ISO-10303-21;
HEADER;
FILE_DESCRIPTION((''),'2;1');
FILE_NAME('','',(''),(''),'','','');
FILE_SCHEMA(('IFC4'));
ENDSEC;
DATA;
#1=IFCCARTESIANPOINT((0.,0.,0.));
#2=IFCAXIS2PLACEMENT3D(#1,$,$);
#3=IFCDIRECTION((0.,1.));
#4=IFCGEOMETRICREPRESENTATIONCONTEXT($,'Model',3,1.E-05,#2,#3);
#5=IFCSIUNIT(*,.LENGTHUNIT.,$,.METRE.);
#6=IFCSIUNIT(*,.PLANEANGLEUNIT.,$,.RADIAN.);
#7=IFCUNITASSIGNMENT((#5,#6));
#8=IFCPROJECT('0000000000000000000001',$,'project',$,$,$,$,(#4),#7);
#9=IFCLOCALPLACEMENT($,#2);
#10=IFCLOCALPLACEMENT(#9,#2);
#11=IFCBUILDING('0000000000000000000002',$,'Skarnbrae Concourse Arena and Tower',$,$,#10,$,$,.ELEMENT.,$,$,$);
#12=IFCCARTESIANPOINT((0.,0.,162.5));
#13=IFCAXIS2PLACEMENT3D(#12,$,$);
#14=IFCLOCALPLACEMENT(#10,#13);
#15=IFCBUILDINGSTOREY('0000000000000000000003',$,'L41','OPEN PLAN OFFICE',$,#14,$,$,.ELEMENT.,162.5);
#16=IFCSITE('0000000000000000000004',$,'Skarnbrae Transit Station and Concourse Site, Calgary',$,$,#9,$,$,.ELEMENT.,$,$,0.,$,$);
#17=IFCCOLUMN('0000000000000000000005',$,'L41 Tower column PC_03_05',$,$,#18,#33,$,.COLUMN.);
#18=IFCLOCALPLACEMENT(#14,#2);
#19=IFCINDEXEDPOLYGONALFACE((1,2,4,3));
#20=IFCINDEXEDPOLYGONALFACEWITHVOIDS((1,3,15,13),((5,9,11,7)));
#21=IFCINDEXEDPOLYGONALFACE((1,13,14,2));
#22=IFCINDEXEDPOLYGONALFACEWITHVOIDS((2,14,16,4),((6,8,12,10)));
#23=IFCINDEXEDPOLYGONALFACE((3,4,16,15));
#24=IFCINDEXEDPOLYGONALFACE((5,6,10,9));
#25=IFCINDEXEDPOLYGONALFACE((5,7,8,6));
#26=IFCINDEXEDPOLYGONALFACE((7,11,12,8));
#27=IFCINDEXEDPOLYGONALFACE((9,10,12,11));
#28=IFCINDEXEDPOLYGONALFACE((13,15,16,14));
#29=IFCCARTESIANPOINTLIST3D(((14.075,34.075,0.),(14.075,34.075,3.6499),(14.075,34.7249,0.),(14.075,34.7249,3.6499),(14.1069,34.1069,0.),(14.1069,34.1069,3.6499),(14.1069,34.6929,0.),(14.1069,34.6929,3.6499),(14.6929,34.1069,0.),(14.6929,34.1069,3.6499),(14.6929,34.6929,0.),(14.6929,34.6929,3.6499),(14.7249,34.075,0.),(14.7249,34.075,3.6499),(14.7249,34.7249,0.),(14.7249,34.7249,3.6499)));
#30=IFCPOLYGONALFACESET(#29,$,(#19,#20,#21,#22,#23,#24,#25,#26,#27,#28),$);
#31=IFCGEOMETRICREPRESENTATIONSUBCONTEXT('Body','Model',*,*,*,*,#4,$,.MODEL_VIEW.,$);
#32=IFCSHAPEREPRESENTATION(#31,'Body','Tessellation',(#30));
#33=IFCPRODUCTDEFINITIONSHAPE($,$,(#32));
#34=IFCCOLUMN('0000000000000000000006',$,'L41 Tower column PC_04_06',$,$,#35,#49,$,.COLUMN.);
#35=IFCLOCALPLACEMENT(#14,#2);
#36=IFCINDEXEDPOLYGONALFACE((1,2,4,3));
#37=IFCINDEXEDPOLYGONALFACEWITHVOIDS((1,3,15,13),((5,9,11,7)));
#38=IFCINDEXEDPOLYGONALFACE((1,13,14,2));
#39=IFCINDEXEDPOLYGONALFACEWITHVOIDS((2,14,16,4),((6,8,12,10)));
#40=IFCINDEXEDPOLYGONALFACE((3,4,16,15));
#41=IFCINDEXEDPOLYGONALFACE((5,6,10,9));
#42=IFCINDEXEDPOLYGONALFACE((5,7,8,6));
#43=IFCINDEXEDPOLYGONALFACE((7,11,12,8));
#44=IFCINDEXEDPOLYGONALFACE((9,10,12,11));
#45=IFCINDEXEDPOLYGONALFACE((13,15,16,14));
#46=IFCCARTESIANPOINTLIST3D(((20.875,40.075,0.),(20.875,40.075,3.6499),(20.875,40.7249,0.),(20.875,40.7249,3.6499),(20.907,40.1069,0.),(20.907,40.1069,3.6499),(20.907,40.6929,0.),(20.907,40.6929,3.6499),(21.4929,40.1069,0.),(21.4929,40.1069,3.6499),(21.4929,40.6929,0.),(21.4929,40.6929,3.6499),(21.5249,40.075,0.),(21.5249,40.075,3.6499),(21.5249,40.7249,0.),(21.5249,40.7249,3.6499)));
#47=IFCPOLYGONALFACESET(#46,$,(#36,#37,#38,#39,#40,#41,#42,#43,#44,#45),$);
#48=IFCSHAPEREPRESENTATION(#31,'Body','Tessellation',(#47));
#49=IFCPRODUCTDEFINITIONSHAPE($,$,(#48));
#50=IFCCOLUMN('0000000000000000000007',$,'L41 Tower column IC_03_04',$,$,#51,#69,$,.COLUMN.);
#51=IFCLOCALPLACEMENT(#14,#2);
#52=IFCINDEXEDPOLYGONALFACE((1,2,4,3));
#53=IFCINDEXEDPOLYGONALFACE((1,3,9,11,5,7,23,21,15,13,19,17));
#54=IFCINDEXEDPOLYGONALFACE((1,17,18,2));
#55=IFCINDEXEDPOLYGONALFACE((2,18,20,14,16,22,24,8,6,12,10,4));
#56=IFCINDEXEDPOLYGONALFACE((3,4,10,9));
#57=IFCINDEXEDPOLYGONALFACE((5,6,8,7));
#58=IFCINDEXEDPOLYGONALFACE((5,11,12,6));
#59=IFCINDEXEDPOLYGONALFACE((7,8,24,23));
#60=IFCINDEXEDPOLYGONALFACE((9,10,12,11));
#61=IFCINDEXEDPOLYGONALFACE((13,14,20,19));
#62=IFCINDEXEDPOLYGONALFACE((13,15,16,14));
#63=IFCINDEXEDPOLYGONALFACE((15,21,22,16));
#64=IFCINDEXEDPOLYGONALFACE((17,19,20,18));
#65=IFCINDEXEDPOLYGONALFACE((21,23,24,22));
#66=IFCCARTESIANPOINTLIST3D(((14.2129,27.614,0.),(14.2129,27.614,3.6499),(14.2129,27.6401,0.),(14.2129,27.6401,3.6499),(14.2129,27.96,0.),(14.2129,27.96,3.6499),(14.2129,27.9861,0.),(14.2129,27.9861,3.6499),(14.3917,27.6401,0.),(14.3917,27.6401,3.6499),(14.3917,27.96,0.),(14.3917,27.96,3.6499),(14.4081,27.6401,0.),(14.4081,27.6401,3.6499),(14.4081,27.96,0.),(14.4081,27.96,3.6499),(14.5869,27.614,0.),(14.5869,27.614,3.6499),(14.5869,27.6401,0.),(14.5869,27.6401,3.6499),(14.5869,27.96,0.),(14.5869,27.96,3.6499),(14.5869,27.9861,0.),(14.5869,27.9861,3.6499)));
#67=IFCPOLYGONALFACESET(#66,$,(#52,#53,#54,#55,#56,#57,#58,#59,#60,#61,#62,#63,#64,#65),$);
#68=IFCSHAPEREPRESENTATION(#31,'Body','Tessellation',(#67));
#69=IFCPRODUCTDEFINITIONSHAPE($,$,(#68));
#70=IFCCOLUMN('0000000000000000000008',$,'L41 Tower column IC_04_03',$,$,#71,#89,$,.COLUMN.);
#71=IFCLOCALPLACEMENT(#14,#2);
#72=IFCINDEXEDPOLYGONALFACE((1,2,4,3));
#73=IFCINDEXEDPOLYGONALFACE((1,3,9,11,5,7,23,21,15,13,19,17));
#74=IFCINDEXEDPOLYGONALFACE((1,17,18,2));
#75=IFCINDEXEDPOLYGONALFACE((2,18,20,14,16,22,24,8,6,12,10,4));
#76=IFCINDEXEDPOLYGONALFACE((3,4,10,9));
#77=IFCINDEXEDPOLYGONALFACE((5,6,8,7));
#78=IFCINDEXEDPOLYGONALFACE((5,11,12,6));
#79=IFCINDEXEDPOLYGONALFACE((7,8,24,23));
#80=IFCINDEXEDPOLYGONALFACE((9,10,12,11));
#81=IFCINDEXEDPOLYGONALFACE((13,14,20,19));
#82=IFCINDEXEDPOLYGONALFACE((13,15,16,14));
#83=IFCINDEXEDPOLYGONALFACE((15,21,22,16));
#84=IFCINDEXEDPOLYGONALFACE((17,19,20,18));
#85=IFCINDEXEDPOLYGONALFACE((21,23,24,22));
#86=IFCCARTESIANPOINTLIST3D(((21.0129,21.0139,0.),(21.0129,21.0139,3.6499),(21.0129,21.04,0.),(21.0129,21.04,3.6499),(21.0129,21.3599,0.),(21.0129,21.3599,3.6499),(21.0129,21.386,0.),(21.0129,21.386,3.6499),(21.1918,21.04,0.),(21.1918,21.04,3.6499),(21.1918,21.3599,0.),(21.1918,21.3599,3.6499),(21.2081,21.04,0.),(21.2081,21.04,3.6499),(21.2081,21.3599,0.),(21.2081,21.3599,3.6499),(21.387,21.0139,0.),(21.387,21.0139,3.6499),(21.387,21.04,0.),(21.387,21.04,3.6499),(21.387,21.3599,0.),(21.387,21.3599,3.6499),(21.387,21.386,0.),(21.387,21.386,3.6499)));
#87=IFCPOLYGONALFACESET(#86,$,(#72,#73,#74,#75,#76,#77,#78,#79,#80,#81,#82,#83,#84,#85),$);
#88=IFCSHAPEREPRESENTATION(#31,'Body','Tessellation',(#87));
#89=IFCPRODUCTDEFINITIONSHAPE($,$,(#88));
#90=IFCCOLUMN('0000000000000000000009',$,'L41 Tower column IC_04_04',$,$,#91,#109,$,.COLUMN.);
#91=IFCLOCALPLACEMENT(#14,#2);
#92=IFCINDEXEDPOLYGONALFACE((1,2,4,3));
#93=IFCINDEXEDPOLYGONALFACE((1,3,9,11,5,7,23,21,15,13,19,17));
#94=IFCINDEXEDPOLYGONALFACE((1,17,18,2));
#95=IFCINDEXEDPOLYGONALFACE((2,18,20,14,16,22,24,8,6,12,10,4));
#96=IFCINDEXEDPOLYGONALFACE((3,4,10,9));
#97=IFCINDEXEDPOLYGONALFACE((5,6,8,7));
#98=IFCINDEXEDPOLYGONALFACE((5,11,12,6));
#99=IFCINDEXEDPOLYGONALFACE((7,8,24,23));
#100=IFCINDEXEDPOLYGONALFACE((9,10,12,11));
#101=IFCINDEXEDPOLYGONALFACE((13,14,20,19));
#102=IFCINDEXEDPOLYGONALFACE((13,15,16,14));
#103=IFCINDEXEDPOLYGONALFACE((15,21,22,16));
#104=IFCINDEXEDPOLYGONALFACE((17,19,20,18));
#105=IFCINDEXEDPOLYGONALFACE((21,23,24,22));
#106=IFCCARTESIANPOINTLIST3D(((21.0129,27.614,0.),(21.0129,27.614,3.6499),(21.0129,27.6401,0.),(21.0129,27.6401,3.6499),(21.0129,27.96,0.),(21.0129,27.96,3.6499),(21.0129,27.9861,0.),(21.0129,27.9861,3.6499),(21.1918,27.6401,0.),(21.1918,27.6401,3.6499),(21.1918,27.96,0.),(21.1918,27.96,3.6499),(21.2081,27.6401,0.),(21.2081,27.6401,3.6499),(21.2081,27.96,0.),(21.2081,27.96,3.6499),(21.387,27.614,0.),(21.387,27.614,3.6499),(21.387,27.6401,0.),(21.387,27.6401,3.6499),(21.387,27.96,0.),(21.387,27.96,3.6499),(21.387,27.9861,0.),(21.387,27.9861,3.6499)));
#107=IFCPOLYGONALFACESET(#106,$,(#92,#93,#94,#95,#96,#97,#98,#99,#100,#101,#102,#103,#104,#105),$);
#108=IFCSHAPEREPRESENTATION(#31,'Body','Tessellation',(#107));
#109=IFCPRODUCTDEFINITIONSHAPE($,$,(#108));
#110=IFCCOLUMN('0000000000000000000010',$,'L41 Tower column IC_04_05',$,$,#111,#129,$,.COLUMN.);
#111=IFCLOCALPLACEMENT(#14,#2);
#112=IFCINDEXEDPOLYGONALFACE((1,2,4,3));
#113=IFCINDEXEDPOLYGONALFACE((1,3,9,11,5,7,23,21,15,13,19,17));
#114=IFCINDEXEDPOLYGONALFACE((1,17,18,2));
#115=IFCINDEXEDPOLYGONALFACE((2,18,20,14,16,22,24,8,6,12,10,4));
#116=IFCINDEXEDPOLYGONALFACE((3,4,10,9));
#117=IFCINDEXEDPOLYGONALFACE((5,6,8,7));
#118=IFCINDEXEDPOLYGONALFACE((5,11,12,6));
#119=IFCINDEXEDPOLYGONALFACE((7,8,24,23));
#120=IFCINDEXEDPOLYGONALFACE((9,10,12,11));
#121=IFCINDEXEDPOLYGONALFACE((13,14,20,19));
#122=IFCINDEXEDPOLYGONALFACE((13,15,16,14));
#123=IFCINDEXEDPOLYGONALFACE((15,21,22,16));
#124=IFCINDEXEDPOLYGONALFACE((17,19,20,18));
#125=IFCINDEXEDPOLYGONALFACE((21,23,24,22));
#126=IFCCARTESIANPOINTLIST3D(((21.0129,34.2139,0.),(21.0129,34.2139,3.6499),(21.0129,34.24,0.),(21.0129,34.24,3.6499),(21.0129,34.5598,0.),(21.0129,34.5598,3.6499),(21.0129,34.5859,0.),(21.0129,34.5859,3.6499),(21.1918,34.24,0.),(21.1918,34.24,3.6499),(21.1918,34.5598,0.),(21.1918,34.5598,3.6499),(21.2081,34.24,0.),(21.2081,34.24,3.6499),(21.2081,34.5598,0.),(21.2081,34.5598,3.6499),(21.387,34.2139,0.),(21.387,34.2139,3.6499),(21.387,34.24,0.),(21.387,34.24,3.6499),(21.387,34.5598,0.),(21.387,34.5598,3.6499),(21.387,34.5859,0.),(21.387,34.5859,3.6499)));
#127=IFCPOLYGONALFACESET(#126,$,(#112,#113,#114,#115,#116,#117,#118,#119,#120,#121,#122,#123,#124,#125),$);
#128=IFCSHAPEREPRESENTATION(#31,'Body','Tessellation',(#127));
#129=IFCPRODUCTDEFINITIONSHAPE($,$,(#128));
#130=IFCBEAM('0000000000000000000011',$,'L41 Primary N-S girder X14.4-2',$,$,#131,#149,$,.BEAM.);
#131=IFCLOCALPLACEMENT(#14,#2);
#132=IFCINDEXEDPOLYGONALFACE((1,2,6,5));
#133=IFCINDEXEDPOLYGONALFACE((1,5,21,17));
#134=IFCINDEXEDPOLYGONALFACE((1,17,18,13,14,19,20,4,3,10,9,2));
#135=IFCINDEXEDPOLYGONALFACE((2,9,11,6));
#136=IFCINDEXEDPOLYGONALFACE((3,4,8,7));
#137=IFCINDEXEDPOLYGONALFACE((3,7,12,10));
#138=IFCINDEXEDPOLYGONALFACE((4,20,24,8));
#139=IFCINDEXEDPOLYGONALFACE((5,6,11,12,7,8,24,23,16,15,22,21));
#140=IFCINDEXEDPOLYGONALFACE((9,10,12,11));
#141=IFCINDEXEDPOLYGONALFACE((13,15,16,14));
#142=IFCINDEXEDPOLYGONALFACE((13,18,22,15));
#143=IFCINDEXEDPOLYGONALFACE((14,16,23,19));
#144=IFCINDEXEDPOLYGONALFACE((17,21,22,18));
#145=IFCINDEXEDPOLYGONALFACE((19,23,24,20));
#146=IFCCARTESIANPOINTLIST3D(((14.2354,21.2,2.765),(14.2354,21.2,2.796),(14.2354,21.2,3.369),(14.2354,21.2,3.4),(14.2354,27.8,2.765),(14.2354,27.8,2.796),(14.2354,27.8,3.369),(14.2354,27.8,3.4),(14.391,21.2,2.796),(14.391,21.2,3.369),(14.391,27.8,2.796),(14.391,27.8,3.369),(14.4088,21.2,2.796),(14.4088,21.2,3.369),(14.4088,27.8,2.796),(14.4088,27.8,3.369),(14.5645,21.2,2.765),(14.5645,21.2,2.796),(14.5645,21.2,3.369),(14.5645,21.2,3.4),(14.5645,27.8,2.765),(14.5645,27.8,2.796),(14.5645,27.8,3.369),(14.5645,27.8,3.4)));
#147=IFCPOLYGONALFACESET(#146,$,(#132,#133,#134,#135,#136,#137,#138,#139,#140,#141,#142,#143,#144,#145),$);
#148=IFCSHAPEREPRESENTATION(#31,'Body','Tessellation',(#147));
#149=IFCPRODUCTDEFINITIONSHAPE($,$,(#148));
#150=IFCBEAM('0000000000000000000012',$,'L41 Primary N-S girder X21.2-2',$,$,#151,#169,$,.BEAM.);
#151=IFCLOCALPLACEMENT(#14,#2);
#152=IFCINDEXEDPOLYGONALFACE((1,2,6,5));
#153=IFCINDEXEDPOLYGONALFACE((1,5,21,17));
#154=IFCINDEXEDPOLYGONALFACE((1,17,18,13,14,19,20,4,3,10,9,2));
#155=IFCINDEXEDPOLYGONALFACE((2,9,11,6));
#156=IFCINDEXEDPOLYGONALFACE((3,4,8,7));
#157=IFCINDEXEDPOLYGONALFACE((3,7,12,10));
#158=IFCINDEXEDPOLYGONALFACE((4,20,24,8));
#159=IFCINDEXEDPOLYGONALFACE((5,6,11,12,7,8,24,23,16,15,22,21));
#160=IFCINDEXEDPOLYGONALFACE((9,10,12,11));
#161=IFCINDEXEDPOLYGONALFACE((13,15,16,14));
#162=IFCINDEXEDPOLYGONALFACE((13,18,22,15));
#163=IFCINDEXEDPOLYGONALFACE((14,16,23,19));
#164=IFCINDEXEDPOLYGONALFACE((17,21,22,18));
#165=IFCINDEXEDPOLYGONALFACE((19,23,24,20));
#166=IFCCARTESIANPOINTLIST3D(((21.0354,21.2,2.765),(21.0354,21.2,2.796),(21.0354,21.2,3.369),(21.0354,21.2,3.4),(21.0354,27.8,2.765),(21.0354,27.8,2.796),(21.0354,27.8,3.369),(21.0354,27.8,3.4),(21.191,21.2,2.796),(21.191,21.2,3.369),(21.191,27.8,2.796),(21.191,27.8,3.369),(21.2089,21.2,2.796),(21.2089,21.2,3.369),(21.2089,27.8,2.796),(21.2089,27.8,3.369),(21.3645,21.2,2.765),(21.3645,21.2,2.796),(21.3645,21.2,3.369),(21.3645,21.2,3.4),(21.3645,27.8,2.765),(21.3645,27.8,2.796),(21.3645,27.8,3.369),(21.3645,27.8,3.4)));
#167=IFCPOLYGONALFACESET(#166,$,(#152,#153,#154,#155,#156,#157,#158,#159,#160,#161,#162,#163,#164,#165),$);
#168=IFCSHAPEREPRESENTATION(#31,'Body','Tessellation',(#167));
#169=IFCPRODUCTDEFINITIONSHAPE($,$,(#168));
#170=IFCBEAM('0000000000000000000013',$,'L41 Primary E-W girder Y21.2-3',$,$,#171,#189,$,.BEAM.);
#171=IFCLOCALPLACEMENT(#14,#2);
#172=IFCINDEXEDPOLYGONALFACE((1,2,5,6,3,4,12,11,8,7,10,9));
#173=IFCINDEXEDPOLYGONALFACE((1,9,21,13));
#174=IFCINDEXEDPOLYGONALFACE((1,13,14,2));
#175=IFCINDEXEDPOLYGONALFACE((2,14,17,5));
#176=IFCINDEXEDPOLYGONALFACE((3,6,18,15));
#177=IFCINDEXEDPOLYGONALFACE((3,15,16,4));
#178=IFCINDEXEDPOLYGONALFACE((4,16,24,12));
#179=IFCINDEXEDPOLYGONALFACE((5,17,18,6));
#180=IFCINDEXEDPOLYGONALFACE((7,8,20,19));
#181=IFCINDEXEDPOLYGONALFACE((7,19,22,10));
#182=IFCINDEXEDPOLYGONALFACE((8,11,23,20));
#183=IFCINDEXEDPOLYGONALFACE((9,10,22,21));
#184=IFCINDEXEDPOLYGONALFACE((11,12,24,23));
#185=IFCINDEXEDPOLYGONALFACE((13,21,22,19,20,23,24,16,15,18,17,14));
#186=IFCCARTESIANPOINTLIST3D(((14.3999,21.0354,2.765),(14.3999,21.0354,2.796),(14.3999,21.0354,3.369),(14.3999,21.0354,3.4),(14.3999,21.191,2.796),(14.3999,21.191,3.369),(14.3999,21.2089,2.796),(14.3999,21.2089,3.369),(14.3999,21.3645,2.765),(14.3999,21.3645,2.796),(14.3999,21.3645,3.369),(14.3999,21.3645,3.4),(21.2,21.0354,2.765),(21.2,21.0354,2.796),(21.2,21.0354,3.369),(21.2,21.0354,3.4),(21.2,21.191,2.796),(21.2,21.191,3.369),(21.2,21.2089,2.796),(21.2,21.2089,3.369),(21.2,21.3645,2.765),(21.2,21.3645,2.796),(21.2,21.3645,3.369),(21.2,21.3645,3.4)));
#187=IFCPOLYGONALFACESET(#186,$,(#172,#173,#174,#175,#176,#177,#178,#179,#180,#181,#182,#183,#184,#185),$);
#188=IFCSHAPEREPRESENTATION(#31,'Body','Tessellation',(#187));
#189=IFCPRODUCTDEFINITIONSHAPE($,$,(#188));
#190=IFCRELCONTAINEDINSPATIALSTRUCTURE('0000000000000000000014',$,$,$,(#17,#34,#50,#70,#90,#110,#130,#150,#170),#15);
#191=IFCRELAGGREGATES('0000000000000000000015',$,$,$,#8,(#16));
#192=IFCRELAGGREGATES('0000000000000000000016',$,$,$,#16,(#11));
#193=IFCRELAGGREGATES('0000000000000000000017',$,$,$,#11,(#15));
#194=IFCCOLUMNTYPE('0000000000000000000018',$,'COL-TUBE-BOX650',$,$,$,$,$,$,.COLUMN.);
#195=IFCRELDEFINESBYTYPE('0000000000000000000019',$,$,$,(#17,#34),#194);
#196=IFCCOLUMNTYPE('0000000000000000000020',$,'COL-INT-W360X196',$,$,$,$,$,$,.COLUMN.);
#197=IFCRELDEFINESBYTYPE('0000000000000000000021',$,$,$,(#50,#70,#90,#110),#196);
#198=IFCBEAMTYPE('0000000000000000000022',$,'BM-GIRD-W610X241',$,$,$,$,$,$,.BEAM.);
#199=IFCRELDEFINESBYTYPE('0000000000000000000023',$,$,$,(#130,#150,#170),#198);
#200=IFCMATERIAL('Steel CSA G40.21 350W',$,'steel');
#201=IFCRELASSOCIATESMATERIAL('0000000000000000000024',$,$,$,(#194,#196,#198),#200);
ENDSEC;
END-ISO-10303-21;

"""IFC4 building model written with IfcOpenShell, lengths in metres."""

from ifc_helpers import new_model, si_unit, direction, frame, origin, origin_2d, place, context, subcontext, project, spatial, hollow_rectangle, i_section, extrude, source, transform, mapped, material, material_profile, profile_set, type_object, element, save


model = new_model("IFC4")

# Units and contexts
model_context = context("Model", 3, precision=1e-05, world=origin(), true_north=direction((0.0, 1.0)))
body_context = subcontext(model_context, "Body", "Model", "MODEL_VIEW")
ifc_project = project(units=[si_unit("LENGTHUNIT", "METRE"), si_unit("PLANEANGLEUNIT", "RADIAN")], contexts=[model_context])

# Site, building, storey
site_placement = place(None, origin())
site = spatial("IfcSite", under=ifc_project, at=site_placement, Name="Skarnbrae Transit Station and Concourse Site, Calgary", CompositionType="ELEMENT", RefElevation=0.0)
building_placement = place(site_placement, origin())
building = spatial("IfcBuilding", under=site, at=building_placement, Name="Skarnbrae Concourse Arena and Tower", CompositionType="ELEMENT")
storey_placement = place(building_placement, frame((0.0, 0.0, 162.5)))
storey = spatial("IfcBuildingStorey", under=building, at=storey_placement, Name="L41", Description="OPEN PLAN OFFICE", CompositionType="ELEMENT", Elevation=162.5)

# Columns
ifc_material_1 = material(Name="Steel CSA G40.21 350W", Category="steel")
ifc_material_profile_1 = material_profile(ifc_material_1, hollow_rectangle(XDim=0.6499, YDim=0.6499, WallThickness=0.032, at=origin_2d()), Name="BOX650X650X32")
ifc_profile_set_1 = profile_set([ifc_material_profile_1], Name="Steel CSA G40.21 350W")
column_type_1 = type_object("IfcColumnType", Name="COL-TUBE-BOX650", PredefinedType="COLUMN", material=ifc_profile_set_1)
shared_shape_1 = source(origin(), body_context, "Body", "SweptSolid", [
    extrude(hollow_rectangle(XDim=0.6499, YDim=0.6499, WallThickness=0.032, at=origin_2d()), origin(), (0.0, 0.0, 1.0), 3.6499),
])
for number, where, z_axis, x_axis, name in (
    (1, (14.3999, 34.3999, 0.0), (0.0, 0.0, 1.0), (1.0, 0.0, 0.0), "L41 Tower column PC_03_05"),
    (2, (21.2, 40.3999, 0.0), (0.0, 0.0, 1.0), (1.0, 0.0, 0.0), "L41 Tower column PC_04_06"),
):
    element("IfcColumn", number, at=place(storey_placement, frame(where, z_axis=z_axis, x_axis=x_axis)), inside=storey, type_object=column_type_1, Name=name, PredefinedType="COLUMN", context=body_context, shape_type="MappedRepresentation", body=[
        mapped(shared_shape_1, transform((0.0, 0.0, 0.0))),
    ])
ifc_material_profile_2 = material_profile(ifc_material_1, i_section(OverallWidth=0.374, OverallDepth=0.3721, WebThickness=0.0164, FlangeThickness=0.0261, at=origin_2d()), Name="W360X196")
ifc_profile_set_2 = profile_set([ifc_material_profile_2], Name="Steel CSA G40.21 350W")
column_type_2 = type_object("IfcColumnType", Name="COL-INT-W360X196", PredefinedType="COLUMN", material=ifc_profile_set_2)
shared_shape_2 = source(origin(), body_context, "Body", "SweptSolid", [
    extrude(i_section(OverallWidth=0.374, OverallDepth=0.3721, WebThickness=0.0164, FlangeThickness=0.0261, at=origin_2d()), origin(), (0.0, 0.0, 1.0), 3.6499),
])
for number, where, z_axis, x_axis, name in (
    (3, (14.3999, 27.8, 0.0), (0.0, 0.0, 1.0), (1.0, 0.0, 0.0), "L41 Tower column IC_03_04"),
    (4, (21.2, 21.2, 0.0), (0.0, 0.0, 1.0), (1.0, 0.0, 0.0), "L41 Tower column IC_04_03"),
    (5, (21.2, 27.8, 0.0), (0.0, 0.0, 1.0), (1.0, 0.0, 0.0), "L41 Tower column IC_04_04"),
    (6, (21.2, 34.3999, 0.0), (0.0, 0.0, 1.0), (1.0, 0.0, 0.0), "L41 Tower column IC_04_05"),
):
    element("IfcColumn", number, at=place(storey_placement, frame(where, z_axis=z_axis, x_axis=x_axis)), inside=storey, type_object=column_type_2, Name=name, PredefinedType="COLUMN", context=body_context, shape_type="MappedRepresentation", body=[
        mapped(shared_shape_2, transform((0.0, 0.0, 0.0))),
    ])

# Beams
ifc_material_profile_3 = material_profile(ifc_material_1, i_section(OverallWidth=0.3291, OverallDepth=0.635, WebThickness=0.0178, FlangeThickness=0.031, at=origin_2d()), Name="W610X241")
ifc_profile_set_3 = profile_set([ifc_material_profile_3], Name="Steel CSA G40.21 350W")
beam_type_1 = type_object("IfcBeamType", Name="BM-GIRD-W610X241", PredefinedType="BEAM", material=ifc_profile_set_3)
shared_shape_3 = source(origin(), body_context, "Body", "SweptSolid", [
    extrude(i_section(OverallWidth=0.3291, OverallDepth=0.635, WebThickness=0.0178, FlangeThickness=0.031, at=origin_2d()), origin(), (0.0, 0.0, 1.0), 6.6001),
])
for number, where, z_axis, x_axis, name in (
    (7, (14.3999, 21.2, 3.0825), (0.0, 1.0, 0.0), (-1.0, 0.0, 0.0), "L41 Primary N-S girder X14.4-2"),
    (8, (21.2, 21.2, 3.0825), (0.0, 1.0, 0.0), (-1.0, 0.0, 0.0), "L41 Primary N-S girder X21.2-2"),
):
    element("IfcBeam", number, at=place(storey_placement, frame(where, z_axis=z_axis, x_axis=x_axis)), inside=storey, type_object=beam_type_1, Name=name, PredefinedType="BEAM", context=body_context, shape_type="MappedRepresentation", body=[
        mapped(shared_shape_3, transform((0.0, 0.0, 0.0))),
    ])
shared_shape_4 = source(origin(), body_context, "Body", "SweptSolid", [
    extrude(i_section(OverallWidth=0.3291, OverallDepth=0.635, WebThickness=0.0178, FlangeThickness=0.031, at=origin_2d()), origin(), (0.0, 0.0, 1.0), 6.8),
])
for number, where, z_axis, x_axis, name in (
    (9, (14.3999, 21.2, 3.0825), (1.0, 0.0, 0.0), (0.0, 1.0, 0.0), "L41 Primary E-W girder Y21.2-3"),
):
    element("IfcBeam", number, at=place(storey_placement, frame(where, z_axis=z_axis, x_axis=x_axis)), inside=storey, type_object=beam_type_1, Name=name, PredefinedType="BEAM", context=body_context, shape_type="MappedRepresentation", body=[
        mapped(shared_shape_4, transform((0.0, 0.0, 0.0))),
    ])

save(model, "model.ifc")
